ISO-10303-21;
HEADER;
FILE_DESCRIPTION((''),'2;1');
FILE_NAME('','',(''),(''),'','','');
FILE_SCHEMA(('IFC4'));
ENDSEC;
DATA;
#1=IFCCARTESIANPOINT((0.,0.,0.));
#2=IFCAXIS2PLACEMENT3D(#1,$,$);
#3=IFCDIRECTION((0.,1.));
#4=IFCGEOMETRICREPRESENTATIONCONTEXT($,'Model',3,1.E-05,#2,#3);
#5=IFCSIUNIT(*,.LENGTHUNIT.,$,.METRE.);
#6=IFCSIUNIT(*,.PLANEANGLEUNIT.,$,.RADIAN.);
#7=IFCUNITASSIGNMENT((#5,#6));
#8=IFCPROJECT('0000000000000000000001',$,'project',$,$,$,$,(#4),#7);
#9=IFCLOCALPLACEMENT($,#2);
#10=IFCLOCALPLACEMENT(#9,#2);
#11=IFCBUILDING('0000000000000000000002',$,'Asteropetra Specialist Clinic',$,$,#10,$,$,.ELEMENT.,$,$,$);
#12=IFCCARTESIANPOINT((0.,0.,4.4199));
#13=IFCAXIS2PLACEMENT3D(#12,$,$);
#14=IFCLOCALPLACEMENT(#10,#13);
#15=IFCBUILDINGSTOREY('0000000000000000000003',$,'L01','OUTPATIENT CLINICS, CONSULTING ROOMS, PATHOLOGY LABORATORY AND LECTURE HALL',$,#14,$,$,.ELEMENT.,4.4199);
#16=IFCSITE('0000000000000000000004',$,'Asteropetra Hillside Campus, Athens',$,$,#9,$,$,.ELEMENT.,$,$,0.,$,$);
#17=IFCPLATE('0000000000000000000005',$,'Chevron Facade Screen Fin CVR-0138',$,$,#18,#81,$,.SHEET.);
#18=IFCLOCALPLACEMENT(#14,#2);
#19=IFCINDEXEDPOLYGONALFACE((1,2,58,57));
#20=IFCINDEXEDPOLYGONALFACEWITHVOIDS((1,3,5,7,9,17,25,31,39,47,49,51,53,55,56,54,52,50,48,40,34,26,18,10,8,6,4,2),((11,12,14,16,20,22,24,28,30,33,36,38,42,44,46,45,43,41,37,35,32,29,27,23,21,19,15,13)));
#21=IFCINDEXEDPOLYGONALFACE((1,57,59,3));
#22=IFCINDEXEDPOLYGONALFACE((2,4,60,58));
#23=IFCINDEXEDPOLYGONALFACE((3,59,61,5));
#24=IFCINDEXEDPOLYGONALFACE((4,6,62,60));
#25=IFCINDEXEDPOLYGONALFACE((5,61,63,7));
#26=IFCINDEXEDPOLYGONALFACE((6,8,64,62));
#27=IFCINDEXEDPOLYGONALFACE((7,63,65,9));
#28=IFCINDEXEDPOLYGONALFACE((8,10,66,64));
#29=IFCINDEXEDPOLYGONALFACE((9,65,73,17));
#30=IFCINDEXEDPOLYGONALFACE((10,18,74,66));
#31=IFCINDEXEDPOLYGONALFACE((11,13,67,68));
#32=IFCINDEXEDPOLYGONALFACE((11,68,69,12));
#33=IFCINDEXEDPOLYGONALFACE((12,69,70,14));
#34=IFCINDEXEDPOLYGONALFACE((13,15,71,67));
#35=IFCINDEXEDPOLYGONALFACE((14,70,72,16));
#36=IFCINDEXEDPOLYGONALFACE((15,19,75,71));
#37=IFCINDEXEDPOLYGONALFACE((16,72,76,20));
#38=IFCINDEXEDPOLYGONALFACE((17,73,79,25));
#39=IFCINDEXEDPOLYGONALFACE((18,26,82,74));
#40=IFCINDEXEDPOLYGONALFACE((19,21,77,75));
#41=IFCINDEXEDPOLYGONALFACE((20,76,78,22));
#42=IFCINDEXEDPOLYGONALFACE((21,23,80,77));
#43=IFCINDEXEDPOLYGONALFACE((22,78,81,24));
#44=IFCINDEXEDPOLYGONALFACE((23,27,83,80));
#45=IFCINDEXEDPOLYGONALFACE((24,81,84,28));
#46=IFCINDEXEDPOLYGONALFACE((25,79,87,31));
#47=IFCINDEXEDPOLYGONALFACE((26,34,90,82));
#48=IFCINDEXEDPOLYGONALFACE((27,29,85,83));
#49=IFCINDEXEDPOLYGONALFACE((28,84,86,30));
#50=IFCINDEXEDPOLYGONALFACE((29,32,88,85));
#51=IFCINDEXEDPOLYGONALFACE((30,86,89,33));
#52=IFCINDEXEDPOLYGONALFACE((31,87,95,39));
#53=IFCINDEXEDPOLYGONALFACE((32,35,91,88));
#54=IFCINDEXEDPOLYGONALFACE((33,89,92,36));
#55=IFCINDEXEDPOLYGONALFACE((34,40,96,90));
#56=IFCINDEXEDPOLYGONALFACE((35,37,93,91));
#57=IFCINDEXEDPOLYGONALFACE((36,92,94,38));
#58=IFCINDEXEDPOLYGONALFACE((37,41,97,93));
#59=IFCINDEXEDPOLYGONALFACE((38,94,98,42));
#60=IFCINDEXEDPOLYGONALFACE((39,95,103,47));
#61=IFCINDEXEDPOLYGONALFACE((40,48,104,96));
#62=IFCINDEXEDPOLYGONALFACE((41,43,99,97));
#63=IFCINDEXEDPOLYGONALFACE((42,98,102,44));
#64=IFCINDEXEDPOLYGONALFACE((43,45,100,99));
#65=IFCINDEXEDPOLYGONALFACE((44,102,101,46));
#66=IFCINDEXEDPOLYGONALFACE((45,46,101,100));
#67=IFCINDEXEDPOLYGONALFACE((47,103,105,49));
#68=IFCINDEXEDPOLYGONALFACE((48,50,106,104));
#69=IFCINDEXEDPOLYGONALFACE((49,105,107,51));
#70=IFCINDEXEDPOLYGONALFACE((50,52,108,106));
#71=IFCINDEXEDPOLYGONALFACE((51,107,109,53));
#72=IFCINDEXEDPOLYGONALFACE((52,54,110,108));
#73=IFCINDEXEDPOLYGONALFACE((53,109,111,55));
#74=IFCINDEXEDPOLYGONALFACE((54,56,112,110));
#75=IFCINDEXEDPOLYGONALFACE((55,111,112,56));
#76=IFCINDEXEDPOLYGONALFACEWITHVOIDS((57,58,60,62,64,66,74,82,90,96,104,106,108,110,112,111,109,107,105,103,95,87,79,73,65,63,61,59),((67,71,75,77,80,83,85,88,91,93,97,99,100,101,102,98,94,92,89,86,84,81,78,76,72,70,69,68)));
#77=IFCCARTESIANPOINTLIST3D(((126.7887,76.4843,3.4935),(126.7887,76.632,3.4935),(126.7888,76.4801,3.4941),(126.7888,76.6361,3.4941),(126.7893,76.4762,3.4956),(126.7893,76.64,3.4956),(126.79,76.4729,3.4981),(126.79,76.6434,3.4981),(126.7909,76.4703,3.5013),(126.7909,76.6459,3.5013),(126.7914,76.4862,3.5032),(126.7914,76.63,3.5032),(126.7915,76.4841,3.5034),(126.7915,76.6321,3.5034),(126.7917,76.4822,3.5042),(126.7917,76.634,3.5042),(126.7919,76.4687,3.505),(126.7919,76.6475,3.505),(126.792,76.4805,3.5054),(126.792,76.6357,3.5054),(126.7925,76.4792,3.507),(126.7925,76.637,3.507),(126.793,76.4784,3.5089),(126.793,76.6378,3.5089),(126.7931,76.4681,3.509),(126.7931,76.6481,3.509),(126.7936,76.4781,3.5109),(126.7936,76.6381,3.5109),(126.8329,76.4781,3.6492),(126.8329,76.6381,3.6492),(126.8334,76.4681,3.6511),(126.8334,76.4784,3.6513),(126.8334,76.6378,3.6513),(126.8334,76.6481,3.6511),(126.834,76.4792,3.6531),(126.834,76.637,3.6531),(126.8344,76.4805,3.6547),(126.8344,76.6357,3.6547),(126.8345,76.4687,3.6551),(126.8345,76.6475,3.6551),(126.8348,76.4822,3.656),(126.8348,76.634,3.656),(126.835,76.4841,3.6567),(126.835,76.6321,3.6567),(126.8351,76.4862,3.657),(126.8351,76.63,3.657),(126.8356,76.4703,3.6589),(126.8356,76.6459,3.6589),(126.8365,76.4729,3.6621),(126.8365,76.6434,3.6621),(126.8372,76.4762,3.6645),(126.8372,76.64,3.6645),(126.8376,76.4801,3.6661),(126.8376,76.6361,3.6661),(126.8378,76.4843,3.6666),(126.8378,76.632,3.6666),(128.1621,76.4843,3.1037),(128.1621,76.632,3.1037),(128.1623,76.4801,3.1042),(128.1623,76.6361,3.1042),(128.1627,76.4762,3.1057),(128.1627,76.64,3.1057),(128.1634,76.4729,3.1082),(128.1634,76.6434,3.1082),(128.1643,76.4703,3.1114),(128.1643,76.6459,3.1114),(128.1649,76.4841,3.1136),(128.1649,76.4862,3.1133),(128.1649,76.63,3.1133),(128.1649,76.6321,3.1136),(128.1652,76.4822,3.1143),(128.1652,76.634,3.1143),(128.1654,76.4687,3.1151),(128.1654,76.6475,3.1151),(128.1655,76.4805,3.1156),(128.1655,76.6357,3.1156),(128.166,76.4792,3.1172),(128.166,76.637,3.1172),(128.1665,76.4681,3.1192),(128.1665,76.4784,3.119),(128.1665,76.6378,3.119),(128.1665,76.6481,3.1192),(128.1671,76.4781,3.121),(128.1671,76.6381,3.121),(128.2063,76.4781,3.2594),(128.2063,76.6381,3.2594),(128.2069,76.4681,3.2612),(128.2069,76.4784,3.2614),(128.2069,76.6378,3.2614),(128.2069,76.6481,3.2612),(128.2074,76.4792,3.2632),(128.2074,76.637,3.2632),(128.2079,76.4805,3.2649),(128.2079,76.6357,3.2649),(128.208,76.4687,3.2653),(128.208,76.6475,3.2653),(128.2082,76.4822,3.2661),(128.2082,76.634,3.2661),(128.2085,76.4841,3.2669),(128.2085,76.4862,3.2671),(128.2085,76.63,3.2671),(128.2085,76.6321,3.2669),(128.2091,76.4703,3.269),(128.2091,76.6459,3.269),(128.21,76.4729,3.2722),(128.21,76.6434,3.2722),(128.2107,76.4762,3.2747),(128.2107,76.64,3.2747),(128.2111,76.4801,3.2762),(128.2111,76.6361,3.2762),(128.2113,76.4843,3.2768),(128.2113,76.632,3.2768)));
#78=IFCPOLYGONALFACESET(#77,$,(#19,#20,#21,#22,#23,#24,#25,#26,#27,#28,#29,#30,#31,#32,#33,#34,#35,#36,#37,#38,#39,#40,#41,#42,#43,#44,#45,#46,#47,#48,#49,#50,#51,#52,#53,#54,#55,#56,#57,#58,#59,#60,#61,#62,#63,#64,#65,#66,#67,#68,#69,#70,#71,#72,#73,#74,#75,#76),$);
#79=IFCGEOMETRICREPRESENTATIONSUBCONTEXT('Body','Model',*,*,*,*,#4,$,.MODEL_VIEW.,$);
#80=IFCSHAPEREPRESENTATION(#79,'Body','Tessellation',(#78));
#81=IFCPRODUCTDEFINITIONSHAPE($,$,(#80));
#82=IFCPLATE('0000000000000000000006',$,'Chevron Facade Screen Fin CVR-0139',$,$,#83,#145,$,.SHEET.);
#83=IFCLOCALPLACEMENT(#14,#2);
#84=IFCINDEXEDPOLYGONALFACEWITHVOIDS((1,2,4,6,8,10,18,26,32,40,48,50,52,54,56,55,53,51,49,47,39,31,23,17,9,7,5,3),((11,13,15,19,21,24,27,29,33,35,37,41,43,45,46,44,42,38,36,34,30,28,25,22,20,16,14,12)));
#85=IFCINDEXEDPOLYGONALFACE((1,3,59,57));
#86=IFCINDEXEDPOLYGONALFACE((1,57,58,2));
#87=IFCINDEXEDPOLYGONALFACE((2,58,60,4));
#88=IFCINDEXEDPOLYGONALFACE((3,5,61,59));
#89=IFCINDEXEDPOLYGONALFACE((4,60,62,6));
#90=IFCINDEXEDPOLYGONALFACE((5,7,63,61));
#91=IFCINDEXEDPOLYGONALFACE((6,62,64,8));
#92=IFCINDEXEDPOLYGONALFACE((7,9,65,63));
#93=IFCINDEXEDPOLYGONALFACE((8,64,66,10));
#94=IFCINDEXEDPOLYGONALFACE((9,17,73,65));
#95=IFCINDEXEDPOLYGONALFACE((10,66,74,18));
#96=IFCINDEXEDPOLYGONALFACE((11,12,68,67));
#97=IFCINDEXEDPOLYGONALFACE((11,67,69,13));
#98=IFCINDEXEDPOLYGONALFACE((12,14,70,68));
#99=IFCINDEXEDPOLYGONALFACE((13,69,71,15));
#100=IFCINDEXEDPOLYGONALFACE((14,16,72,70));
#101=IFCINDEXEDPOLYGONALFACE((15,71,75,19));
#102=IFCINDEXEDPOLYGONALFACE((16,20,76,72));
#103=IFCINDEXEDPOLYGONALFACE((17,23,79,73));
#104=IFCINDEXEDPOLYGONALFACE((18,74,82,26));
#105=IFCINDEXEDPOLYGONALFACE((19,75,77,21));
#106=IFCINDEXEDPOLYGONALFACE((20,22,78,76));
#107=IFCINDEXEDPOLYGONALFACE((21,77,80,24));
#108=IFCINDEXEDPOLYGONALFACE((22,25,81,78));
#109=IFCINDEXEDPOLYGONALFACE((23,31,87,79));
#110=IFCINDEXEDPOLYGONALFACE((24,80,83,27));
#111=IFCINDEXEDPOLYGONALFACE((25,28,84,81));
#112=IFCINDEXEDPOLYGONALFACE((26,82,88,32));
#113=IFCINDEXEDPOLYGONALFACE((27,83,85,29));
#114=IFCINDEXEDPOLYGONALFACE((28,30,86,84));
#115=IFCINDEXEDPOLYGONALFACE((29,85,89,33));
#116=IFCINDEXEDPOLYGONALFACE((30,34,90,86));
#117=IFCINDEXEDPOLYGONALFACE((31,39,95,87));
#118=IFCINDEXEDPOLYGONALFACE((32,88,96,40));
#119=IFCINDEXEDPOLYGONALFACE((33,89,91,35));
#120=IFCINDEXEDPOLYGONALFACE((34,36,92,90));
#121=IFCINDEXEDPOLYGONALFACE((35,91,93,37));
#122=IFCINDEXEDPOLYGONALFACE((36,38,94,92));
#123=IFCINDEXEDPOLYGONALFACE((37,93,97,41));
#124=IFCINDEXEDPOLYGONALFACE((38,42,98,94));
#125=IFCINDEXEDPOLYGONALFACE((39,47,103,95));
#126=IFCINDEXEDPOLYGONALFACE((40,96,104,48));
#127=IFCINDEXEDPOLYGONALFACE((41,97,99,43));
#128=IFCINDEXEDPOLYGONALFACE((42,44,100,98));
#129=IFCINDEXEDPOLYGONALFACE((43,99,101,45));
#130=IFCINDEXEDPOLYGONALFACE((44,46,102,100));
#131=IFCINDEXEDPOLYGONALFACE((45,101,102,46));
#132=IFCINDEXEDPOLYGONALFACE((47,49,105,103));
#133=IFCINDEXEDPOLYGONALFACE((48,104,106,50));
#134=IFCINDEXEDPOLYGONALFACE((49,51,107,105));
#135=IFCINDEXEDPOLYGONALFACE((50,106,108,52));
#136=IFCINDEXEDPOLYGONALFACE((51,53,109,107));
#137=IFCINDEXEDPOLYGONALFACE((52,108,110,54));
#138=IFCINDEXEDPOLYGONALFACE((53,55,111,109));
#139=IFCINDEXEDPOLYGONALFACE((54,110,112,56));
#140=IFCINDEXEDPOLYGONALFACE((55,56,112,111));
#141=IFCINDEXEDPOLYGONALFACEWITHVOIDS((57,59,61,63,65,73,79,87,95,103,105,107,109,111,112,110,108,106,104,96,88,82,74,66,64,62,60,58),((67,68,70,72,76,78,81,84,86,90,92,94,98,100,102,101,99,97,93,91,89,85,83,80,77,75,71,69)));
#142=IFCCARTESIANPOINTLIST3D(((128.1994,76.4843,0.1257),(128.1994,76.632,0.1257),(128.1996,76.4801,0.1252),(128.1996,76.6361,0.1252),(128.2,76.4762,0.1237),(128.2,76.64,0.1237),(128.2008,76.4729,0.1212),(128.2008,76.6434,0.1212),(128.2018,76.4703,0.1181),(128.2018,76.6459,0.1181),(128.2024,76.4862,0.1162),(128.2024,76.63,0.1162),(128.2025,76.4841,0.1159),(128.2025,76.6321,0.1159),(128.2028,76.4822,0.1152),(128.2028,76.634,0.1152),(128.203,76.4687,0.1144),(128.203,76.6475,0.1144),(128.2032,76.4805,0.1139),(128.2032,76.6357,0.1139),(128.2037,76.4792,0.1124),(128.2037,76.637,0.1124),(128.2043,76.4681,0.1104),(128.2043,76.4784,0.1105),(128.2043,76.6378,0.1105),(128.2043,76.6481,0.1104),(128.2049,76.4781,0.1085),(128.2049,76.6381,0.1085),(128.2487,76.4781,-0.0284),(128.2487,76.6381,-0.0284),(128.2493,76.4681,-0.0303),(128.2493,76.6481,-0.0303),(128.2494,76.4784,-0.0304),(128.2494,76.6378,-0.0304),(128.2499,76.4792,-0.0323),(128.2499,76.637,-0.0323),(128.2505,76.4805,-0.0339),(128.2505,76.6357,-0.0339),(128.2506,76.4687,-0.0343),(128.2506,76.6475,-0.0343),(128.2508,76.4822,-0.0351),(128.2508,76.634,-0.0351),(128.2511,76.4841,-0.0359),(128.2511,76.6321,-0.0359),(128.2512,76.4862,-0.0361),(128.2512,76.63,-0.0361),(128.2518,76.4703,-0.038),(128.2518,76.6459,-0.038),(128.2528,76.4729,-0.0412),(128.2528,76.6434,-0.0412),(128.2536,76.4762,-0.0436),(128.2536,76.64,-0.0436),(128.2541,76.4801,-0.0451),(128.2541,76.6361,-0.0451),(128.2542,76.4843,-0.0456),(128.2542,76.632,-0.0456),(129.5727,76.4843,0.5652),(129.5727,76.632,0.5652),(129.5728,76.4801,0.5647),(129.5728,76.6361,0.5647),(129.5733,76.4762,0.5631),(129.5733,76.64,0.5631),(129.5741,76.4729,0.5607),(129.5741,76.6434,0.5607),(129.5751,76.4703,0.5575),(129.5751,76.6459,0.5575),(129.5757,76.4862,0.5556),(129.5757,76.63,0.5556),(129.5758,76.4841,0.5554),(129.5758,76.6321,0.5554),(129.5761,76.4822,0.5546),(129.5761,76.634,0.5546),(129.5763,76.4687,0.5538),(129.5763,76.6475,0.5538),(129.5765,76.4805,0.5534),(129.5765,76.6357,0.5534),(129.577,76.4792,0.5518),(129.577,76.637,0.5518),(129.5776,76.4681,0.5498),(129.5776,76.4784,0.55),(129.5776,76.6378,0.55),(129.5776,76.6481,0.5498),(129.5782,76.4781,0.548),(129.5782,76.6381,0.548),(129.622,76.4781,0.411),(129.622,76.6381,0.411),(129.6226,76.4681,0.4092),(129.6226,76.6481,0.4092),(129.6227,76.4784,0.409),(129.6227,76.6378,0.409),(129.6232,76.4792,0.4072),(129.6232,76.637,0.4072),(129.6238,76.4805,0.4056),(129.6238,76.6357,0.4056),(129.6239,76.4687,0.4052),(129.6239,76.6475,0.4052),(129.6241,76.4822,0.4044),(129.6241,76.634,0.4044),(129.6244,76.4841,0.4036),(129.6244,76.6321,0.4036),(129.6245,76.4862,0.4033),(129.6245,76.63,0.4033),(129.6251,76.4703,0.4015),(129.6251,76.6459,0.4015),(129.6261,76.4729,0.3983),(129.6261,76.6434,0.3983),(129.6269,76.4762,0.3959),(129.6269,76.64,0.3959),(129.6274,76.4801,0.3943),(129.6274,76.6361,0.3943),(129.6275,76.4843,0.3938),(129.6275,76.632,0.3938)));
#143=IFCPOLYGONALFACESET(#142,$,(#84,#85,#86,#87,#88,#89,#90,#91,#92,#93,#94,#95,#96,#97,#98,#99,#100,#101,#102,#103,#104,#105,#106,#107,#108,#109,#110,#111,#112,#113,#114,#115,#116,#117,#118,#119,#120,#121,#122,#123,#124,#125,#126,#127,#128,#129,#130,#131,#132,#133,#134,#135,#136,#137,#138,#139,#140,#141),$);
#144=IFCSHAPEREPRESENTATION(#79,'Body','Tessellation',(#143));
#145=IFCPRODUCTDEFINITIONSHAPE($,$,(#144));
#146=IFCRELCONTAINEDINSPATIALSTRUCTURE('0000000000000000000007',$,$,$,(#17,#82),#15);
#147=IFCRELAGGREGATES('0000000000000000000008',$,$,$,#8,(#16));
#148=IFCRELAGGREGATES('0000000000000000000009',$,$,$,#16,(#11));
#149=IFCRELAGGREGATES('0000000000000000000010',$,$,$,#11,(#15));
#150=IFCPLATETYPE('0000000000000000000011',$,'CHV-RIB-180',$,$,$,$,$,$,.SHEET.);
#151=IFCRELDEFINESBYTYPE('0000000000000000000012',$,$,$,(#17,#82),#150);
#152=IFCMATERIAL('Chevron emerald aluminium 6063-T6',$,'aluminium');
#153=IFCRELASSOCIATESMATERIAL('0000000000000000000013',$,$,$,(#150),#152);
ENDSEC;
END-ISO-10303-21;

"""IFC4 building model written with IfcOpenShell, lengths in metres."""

from ifc_helpers import new_model, si_unit, direction, frame, origin, origin_2d, place, context, subcontext, project, spatial, hollow_rectangle, extrude, material, material_profile, profile_set, type_object, element, save


model = new_model("IFC4")

# Units and contexts
model_context = context("Model", 3, precision=1e-05, world=origin(), true_north=direction((0.0, 1.0)))
body_context = subcontext(model_context, "Body", "Model", "MODEL_VIEW")
ifc_project = project(units=[si_unit("LENGTHUNIT", "METRE"), si_unit("PLANEANGLEUNIT", "RADIAN")], contexts=[model_context])

# Site, building, storey
site_placement = place(None, origin())
site = spatial("IfcSite", under=ifc_project, at=site_placement, Name="Asteropetra Hillside Campus, Athens", CompositionType="ELEMENT", RefElevation=0.0)
building_placement = place(site_placement, origin())
building = spatial("IfcBuilding", under=site, at=building_placement, Name="Asteropetra Specialist Clinic", CompositionType="ELEMENT")
storey_placement = place(building_placement, frame((0.0, 0.0, 4.4199)))
storey = spatial("IfcBuildingStorey", under=building, at=storey_placement, Name="L01", Description="OUTPATIENT CLINICS, CONSULTING ROOMS, PATHOLOGY LABORATORY AND LECTURE HALL", CompositionType="ELEMENT", Elevation=4.4199)

# Plates
ifc_material_1 = material(Name="Chevron emerald aluminium 6063-T6", Category="aluminium")
ifc_material_profile = material_profile(ifc_material_1, hollow_rectangle(XDim=0.1799, YDim=0.1799, WallThickness=0.01, InnerFilletRadius=0.0081, OuterFilletRadius=0.0161, at=origin_2d()), Name="SHS 180x180x10.0")
ifc_profile_set = profile_set([ifc_material_profile], Name="Chevron emerald aluminium 6063-T6")
plate_type = type_object("IfcPlateType", Name="CHV-RIB-180", PredefinedType="SHEET", material=ifc_profile_set)
plate_1_placement = place(storey_placement, frame((126.8132, 76.5581, 3.5801), z_axis=(0.961994, 0.0, -0.273072), x_axis=(0.0, 1.0, 0.0)))
element("IfcPlate", 1, at=plate_1_placement, inside=storey, type_object=plate_type, Name="Chevron Facade Screen Fin CVR-0138", PredefinedType="SHEET", context=body_context, shape_type="SweptSolid", body=[
    extrude(hollow_rectangle(XDim=0.1799, YDim=0.1799, WallThickness=0.01, InnerFilletRadius=0.0081, OuterFilletRadius=0.0161, at=origin_2d()), origin(), (0.0, 0.0, 1.0), 1.4277),
])
for number, where, z_axis, x_axis, name in (
    (2, (128.2268, 76.5581, 0.04), (0.952424, 0.0, 0.304776), (0.0, 1.0, 0.0), "Chevron Facade Screen Fin CVR-0139"),
):
    element("IfcPlate", number, at=place(storey_placement, frame(where, z_axis=z_axis, x_axis=x_axis)), inside=storey, type_object=plate_type, Name=name, PredefinedType="SHEET", context=body_context, shape_type="SweptSolid", body=[
        extrude(hollow_rectangle(XDim=0.1799, YDim=0.1799, WallThickness=0.01, InnerFilletRadius=0.0081, OuterFilletRadius=0.0161, at=origin_2d()), origin(), (0.0, 0.0, 1.0), 1.4419),
    ])

save(model, "model.ifc")
